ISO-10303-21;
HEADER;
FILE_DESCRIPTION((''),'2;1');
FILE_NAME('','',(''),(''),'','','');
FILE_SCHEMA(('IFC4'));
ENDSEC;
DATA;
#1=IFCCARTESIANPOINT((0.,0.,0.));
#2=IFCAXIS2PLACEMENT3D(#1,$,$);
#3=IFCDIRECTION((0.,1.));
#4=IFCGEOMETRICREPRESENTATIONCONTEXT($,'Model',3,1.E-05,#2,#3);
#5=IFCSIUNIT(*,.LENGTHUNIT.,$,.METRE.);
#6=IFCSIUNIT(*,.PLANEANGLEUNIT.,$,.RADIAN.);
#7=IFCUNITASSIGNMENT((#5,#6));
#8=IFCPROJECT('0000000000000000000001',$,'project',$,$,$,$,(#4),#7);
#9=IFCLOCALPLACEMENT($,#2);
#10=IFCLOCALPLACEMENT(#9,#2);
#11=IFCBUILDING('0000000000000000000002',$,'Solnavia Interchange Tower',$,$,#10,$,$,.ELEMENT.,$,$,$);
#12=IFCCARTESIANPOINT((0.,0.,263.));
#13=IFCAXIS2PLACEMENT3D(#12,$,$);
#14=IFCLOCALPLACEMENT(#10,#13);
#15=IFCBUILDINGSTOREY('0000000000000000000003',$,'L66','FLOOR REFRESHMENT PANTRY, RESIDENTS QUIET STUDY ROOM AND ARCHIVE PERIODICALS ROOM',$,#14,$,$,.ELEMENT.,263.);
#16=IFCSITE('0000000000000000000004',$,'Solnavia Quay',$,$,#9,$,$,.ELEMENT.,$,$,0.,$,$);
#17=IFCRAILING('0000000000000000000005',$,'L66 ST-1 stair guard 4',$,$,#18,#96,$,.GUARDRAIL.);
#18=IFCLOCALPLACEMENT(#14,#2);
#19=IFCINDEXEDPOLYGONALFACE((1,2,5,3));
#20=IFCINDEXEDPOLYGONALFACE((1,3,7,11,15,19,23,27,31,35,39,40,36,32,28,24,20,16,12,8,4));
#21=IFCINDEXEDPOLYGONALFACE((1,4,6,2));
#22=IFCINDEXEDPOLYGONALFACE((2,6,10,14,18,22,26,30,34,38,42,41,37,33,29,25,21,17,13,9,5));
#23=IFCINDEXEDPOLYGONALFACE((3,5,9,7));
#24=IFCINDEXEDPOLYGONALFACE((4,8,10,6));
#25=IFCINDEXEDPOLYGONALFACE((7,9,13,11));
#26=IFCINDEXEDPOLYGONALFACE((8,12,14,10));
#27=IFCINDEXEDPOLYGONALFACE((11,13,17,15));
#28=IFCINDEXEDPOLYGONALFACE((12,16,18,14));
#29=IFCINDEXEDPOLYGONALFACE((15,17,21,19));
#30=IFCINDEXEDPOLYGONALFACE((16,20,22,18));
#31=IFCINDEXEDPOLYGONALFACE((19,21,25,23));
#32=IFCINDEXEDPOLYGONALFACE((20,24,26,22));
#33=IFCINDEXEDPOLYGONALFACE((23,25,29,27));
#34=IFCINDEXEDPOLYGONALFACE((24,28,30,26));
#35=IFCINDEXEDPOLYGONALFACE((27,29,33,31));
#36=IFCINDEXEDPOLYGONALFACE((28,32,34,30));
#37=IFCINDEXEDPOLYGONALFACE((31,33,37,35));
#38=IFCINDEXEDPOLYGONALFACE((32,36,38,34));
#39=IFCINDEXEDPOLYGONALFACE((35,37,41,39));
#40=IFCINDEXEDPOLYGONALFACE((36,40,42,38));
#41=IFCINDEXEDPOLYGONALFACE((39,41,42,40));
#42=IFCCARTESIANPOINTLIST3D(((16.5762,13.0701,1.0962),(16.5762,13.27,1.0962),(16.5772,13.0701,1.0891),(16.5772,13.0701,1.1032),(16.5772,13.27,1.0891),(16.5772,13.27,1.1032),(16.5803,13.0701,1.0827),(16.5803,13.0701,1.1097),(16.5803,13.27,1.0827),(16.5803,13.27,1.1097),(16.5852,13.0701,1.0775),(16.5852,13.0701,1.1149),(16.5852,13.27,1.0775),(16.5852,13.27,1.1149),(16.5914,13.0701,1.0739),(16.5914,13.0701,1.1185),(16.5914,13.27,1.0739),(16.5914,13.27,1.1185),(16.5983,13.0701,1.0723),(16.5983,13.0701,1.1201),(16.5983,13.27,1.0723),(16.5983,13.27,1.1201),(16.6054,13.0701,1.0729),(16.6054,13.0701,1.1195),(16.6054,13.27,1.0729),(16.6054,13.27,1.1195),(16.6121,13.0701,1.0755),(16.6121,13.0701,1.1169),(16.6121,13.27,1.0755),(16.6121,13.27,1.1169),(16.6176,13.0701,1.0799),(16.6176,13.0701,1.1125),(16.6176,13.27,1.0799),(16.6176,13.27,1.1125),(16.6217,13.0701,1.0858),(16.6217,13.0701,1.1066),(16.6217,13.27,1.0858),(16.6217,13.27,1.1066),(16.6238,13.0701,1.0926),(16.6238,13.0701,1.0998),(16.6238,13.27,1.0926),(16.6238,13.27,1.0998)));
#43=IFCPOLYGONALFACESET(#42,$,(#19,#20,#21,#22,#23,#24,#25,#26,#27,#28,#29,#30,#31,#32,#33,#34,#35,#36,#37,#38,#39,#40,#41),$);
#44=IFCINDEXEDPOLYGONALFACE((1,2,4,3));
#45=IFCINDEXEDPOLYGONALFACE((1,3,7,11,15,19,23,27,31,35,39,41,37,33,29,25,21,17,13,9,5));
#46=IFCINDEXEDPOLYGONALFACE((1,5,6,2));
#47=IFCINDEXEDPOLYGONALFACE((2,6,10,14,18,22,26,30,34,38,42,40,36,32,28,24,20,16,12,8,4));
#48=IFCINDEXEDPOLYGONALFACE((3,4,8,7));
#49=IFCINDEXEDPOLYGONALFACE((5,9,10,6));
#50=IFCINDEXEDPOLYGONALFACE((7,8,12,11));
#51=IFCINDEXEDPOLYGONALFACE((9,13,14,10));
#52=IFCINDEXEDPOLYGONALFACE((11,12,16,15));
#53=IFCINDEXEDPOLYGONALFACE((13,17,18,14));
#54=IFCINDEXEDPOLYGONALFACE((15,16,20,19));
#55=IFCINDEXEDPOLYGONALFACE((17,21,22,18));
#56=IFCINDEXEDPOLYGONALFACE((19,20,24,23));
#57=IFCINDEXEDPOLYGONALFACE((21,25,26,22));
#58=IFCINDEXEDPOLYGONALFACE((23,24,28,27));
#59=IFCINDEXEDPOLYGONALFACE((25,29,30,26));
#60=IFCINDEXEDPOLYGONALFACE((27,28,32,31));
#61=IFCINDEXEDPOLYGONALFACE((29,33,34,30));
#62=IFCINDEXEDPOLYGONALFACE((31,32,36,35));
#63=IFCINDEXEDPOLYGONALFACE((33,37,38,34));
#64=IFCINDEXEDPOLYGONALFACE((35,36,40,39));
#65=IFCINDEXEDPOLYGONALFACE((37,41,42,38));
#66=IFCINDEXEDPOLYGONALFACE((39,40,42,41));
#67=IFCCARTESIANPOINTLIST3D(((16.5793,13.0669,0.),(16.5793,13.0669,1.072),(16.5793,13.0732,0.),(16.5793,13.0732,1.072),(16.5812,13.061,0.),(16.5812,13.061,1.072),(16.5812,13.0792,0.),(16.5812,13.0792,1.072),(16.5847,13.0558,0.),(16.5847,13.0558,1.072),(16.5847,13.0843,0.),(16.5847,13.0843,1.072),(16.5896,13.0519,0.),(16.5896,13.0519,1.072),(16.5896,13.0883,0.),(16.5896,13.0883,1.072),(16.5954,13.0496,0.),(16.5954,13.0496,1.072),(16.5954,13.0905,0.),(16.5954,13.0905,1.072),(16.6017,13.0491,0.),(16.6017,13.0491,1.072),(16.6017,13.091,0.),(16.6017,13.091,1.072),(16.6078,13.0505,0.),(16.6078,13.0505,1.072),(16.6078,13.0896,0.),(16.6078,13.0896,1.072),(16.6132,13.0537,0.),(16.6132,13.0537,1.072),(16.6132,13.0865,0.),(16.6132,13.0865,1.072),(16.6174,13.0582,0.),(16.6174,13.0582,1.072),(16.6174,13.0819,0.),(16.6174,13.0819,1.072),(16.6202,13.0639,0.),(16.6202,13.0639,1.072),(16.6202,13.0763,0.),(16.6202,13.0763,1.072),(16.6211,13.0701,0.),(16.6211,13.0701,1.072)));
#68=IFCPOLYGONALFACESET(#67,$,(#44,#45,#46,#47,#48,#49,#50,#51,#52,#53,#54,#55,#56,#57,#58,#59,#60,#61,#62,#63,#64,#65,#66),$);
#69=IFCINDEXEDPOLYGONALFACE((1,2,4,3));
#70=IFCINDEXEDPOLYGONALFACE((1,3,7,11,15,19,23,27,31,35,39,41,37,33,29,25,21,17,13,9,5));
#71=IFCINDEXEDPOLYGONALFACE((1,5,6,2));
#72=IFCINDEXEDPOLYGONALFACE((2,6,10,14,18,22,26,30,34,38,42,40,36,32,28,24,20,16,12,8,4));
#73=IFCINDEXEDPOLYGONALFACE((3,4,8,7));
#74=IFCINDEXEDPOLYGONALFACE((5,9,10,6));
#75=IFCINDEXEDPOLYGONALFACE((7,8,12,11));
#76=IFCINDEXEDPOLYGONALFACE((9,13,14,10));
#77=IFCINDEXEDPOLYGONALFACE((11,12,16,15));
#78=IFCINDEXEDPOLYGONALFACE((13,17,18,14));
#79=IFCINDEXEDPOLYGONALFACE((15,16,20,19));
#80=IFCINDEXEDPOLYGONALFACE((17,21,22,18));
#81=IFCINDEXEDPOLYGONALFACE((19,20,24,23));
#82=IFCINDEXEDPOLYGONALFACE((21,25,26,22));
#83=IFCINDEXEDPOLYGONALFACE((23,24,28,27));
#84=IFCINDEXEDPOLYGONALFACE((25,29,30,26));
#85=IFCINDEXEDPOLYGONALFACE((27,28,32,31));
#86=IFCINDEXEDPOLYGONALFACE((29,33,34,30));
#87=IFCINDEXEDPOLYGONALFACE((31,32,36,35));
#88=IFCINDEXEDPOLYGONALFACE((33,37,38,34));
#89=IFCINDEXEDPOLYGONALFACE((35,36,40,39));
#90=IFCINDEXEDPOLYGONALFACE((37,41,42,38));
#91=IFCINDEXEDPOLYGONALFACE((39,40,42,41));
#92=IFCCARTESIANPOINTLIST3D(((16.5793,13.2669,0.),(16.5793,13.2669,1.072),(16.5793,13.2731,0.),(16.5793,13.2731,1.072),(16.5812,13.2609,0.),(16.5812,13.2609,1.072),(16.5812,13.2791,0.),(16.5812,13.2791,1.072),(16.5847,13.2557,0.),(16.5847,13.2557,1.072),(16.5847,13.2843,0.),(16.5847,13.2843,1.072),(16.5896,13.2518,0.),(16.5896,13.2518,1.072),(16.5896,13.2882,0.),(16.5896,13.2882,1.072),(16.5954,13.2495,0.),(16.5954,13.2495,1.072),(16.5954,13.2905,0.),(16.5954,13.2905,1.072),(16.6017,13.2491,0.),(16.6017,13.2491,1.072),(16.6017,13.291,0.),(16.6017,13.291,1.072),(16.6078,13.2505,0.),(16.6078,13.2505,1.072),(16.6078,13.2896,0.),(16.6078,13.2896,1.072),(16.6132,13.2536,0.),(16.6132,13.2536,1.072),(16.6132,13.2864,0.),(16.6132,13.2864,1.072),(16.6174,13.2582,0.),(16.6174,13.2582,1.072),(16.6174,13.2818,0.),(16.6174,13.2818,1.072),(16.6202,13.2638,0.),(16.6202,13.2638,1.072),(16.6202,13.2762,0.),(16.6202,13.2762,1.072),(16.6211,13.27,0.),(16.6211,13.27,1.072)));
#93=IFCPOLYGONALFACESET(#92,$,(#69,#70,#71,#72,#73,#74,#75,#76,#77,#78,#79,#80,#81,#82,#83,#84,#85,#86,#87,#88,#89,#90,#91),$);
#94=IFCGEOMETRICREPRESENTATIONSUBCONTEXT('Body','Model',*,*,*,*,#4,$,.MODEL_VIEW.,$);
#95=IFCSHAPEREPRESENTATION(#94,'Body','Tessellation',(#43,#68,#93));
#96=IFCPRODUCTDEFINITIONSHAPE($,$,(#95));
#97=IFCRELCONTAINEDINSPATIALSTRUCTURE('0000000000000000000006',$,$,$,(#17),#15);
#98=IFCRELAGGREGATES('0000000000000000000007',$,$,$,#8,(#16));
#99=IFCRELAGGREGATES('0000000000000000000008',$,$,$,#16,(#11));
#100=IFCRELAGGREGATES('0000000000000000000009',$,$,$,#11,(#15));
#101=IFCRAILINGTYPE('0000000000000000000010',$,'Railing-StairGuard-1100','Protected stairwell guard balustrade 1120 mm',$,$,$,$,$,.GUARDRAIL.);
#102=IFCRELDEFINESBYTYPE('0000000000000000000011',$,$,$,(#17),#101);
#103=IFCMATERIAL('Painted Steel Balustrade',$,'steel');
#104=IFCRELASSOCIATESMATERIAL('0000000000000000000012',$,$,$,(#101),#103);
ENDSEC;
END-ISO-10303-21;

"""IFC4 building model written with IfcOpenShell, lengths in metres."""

from ifc_helpers import new_model, si_unit, direction, frame, origin, origin_2d, place, context, subcontext, project, spatial, circle, extrude, material, type_object, element, save


model = new_model("IFC4")

# Units and contexts
model_context = context("Model", 3, precision=1e-05, world=origin(), true_north=direction((0.0, 1.0)))
body_context = subcontext(model_context, "Body", "Model", "MODEL_VIEW")
ifc_project = project(units=[si_unit("LENGTHUNIT", "METRE"), si_unit("PLANEANGLEUNIT", "RADIAN")], contexts=[model_context])

# Site, building, storey
site_placement = place(None, origin())
site = spatial("IfcSite", under=ifc_project, at=site_placement, Name="Solnavia Quay", CompositionType="ELEMENT", RefElevation=0.0)
building_placement = place(site_placement, origin())
building = spatial("IfcBuilding", under=site, at=building_placement, Name="Solnavia Interchange Tower", CompositionType="ELEMENT")
storey_placement = place(building_placement, frame((0.0, 0.0, 263.0)))
storey = spatial("IfcBuildingStorey", under=building, at=storey_placement, Name="L66", Description="FLOOR REFRESHMENT PANTRY, RESIDENTS QUIET STUDY ROOM AND ARCHIVE PERIODICALS ROOM", CompositionType="ELEMENT", Elevation=263.0)

# Railing
ifc_material_1 = material(Name="Painted Steel Balustrade", Category="steel")
railing_type_1 = type_object("IfcRailingType", Name="Railing-StairGuard-1100", Description="Protected stairwell guard balustrade 1120 mm", PredefinedType="GUARDRAIL", material=ifc_material_1)
railing_1_placement = place(storey_placement, frame((16.6001, 13.0701, 0.0)))
element("IfcRailing", 1, at=railing_1_placement, inside=storey, type_object=railing_type_1, Name="L66 ST-1 stair guard 4", PredefinedType="GUARDRAIL", context=body_context, shape_type="SweptSolid", body=[
    extrude(circle(Radius=0.0239, at=origin_2d()), frame((0.0, 0.0, 1.0962), z_axis=(0.0, 1.0, 0.0), x_axis=(-1.0, 0.0, 0.0)), (0.0, 0.0, 1.0), 0.2),
    extrude(circle(Radius=0.021, at=origin_2d()), origin(), (0.0, 0.0, 1.0), 1.072),
    extrude(circle(Radius=0.021, at=origin_2d()), frame((0.0, 0.2, 0.0)), (0.0, 0.0, 1.0), 1.072),
])

save(model, "model.ifc")
